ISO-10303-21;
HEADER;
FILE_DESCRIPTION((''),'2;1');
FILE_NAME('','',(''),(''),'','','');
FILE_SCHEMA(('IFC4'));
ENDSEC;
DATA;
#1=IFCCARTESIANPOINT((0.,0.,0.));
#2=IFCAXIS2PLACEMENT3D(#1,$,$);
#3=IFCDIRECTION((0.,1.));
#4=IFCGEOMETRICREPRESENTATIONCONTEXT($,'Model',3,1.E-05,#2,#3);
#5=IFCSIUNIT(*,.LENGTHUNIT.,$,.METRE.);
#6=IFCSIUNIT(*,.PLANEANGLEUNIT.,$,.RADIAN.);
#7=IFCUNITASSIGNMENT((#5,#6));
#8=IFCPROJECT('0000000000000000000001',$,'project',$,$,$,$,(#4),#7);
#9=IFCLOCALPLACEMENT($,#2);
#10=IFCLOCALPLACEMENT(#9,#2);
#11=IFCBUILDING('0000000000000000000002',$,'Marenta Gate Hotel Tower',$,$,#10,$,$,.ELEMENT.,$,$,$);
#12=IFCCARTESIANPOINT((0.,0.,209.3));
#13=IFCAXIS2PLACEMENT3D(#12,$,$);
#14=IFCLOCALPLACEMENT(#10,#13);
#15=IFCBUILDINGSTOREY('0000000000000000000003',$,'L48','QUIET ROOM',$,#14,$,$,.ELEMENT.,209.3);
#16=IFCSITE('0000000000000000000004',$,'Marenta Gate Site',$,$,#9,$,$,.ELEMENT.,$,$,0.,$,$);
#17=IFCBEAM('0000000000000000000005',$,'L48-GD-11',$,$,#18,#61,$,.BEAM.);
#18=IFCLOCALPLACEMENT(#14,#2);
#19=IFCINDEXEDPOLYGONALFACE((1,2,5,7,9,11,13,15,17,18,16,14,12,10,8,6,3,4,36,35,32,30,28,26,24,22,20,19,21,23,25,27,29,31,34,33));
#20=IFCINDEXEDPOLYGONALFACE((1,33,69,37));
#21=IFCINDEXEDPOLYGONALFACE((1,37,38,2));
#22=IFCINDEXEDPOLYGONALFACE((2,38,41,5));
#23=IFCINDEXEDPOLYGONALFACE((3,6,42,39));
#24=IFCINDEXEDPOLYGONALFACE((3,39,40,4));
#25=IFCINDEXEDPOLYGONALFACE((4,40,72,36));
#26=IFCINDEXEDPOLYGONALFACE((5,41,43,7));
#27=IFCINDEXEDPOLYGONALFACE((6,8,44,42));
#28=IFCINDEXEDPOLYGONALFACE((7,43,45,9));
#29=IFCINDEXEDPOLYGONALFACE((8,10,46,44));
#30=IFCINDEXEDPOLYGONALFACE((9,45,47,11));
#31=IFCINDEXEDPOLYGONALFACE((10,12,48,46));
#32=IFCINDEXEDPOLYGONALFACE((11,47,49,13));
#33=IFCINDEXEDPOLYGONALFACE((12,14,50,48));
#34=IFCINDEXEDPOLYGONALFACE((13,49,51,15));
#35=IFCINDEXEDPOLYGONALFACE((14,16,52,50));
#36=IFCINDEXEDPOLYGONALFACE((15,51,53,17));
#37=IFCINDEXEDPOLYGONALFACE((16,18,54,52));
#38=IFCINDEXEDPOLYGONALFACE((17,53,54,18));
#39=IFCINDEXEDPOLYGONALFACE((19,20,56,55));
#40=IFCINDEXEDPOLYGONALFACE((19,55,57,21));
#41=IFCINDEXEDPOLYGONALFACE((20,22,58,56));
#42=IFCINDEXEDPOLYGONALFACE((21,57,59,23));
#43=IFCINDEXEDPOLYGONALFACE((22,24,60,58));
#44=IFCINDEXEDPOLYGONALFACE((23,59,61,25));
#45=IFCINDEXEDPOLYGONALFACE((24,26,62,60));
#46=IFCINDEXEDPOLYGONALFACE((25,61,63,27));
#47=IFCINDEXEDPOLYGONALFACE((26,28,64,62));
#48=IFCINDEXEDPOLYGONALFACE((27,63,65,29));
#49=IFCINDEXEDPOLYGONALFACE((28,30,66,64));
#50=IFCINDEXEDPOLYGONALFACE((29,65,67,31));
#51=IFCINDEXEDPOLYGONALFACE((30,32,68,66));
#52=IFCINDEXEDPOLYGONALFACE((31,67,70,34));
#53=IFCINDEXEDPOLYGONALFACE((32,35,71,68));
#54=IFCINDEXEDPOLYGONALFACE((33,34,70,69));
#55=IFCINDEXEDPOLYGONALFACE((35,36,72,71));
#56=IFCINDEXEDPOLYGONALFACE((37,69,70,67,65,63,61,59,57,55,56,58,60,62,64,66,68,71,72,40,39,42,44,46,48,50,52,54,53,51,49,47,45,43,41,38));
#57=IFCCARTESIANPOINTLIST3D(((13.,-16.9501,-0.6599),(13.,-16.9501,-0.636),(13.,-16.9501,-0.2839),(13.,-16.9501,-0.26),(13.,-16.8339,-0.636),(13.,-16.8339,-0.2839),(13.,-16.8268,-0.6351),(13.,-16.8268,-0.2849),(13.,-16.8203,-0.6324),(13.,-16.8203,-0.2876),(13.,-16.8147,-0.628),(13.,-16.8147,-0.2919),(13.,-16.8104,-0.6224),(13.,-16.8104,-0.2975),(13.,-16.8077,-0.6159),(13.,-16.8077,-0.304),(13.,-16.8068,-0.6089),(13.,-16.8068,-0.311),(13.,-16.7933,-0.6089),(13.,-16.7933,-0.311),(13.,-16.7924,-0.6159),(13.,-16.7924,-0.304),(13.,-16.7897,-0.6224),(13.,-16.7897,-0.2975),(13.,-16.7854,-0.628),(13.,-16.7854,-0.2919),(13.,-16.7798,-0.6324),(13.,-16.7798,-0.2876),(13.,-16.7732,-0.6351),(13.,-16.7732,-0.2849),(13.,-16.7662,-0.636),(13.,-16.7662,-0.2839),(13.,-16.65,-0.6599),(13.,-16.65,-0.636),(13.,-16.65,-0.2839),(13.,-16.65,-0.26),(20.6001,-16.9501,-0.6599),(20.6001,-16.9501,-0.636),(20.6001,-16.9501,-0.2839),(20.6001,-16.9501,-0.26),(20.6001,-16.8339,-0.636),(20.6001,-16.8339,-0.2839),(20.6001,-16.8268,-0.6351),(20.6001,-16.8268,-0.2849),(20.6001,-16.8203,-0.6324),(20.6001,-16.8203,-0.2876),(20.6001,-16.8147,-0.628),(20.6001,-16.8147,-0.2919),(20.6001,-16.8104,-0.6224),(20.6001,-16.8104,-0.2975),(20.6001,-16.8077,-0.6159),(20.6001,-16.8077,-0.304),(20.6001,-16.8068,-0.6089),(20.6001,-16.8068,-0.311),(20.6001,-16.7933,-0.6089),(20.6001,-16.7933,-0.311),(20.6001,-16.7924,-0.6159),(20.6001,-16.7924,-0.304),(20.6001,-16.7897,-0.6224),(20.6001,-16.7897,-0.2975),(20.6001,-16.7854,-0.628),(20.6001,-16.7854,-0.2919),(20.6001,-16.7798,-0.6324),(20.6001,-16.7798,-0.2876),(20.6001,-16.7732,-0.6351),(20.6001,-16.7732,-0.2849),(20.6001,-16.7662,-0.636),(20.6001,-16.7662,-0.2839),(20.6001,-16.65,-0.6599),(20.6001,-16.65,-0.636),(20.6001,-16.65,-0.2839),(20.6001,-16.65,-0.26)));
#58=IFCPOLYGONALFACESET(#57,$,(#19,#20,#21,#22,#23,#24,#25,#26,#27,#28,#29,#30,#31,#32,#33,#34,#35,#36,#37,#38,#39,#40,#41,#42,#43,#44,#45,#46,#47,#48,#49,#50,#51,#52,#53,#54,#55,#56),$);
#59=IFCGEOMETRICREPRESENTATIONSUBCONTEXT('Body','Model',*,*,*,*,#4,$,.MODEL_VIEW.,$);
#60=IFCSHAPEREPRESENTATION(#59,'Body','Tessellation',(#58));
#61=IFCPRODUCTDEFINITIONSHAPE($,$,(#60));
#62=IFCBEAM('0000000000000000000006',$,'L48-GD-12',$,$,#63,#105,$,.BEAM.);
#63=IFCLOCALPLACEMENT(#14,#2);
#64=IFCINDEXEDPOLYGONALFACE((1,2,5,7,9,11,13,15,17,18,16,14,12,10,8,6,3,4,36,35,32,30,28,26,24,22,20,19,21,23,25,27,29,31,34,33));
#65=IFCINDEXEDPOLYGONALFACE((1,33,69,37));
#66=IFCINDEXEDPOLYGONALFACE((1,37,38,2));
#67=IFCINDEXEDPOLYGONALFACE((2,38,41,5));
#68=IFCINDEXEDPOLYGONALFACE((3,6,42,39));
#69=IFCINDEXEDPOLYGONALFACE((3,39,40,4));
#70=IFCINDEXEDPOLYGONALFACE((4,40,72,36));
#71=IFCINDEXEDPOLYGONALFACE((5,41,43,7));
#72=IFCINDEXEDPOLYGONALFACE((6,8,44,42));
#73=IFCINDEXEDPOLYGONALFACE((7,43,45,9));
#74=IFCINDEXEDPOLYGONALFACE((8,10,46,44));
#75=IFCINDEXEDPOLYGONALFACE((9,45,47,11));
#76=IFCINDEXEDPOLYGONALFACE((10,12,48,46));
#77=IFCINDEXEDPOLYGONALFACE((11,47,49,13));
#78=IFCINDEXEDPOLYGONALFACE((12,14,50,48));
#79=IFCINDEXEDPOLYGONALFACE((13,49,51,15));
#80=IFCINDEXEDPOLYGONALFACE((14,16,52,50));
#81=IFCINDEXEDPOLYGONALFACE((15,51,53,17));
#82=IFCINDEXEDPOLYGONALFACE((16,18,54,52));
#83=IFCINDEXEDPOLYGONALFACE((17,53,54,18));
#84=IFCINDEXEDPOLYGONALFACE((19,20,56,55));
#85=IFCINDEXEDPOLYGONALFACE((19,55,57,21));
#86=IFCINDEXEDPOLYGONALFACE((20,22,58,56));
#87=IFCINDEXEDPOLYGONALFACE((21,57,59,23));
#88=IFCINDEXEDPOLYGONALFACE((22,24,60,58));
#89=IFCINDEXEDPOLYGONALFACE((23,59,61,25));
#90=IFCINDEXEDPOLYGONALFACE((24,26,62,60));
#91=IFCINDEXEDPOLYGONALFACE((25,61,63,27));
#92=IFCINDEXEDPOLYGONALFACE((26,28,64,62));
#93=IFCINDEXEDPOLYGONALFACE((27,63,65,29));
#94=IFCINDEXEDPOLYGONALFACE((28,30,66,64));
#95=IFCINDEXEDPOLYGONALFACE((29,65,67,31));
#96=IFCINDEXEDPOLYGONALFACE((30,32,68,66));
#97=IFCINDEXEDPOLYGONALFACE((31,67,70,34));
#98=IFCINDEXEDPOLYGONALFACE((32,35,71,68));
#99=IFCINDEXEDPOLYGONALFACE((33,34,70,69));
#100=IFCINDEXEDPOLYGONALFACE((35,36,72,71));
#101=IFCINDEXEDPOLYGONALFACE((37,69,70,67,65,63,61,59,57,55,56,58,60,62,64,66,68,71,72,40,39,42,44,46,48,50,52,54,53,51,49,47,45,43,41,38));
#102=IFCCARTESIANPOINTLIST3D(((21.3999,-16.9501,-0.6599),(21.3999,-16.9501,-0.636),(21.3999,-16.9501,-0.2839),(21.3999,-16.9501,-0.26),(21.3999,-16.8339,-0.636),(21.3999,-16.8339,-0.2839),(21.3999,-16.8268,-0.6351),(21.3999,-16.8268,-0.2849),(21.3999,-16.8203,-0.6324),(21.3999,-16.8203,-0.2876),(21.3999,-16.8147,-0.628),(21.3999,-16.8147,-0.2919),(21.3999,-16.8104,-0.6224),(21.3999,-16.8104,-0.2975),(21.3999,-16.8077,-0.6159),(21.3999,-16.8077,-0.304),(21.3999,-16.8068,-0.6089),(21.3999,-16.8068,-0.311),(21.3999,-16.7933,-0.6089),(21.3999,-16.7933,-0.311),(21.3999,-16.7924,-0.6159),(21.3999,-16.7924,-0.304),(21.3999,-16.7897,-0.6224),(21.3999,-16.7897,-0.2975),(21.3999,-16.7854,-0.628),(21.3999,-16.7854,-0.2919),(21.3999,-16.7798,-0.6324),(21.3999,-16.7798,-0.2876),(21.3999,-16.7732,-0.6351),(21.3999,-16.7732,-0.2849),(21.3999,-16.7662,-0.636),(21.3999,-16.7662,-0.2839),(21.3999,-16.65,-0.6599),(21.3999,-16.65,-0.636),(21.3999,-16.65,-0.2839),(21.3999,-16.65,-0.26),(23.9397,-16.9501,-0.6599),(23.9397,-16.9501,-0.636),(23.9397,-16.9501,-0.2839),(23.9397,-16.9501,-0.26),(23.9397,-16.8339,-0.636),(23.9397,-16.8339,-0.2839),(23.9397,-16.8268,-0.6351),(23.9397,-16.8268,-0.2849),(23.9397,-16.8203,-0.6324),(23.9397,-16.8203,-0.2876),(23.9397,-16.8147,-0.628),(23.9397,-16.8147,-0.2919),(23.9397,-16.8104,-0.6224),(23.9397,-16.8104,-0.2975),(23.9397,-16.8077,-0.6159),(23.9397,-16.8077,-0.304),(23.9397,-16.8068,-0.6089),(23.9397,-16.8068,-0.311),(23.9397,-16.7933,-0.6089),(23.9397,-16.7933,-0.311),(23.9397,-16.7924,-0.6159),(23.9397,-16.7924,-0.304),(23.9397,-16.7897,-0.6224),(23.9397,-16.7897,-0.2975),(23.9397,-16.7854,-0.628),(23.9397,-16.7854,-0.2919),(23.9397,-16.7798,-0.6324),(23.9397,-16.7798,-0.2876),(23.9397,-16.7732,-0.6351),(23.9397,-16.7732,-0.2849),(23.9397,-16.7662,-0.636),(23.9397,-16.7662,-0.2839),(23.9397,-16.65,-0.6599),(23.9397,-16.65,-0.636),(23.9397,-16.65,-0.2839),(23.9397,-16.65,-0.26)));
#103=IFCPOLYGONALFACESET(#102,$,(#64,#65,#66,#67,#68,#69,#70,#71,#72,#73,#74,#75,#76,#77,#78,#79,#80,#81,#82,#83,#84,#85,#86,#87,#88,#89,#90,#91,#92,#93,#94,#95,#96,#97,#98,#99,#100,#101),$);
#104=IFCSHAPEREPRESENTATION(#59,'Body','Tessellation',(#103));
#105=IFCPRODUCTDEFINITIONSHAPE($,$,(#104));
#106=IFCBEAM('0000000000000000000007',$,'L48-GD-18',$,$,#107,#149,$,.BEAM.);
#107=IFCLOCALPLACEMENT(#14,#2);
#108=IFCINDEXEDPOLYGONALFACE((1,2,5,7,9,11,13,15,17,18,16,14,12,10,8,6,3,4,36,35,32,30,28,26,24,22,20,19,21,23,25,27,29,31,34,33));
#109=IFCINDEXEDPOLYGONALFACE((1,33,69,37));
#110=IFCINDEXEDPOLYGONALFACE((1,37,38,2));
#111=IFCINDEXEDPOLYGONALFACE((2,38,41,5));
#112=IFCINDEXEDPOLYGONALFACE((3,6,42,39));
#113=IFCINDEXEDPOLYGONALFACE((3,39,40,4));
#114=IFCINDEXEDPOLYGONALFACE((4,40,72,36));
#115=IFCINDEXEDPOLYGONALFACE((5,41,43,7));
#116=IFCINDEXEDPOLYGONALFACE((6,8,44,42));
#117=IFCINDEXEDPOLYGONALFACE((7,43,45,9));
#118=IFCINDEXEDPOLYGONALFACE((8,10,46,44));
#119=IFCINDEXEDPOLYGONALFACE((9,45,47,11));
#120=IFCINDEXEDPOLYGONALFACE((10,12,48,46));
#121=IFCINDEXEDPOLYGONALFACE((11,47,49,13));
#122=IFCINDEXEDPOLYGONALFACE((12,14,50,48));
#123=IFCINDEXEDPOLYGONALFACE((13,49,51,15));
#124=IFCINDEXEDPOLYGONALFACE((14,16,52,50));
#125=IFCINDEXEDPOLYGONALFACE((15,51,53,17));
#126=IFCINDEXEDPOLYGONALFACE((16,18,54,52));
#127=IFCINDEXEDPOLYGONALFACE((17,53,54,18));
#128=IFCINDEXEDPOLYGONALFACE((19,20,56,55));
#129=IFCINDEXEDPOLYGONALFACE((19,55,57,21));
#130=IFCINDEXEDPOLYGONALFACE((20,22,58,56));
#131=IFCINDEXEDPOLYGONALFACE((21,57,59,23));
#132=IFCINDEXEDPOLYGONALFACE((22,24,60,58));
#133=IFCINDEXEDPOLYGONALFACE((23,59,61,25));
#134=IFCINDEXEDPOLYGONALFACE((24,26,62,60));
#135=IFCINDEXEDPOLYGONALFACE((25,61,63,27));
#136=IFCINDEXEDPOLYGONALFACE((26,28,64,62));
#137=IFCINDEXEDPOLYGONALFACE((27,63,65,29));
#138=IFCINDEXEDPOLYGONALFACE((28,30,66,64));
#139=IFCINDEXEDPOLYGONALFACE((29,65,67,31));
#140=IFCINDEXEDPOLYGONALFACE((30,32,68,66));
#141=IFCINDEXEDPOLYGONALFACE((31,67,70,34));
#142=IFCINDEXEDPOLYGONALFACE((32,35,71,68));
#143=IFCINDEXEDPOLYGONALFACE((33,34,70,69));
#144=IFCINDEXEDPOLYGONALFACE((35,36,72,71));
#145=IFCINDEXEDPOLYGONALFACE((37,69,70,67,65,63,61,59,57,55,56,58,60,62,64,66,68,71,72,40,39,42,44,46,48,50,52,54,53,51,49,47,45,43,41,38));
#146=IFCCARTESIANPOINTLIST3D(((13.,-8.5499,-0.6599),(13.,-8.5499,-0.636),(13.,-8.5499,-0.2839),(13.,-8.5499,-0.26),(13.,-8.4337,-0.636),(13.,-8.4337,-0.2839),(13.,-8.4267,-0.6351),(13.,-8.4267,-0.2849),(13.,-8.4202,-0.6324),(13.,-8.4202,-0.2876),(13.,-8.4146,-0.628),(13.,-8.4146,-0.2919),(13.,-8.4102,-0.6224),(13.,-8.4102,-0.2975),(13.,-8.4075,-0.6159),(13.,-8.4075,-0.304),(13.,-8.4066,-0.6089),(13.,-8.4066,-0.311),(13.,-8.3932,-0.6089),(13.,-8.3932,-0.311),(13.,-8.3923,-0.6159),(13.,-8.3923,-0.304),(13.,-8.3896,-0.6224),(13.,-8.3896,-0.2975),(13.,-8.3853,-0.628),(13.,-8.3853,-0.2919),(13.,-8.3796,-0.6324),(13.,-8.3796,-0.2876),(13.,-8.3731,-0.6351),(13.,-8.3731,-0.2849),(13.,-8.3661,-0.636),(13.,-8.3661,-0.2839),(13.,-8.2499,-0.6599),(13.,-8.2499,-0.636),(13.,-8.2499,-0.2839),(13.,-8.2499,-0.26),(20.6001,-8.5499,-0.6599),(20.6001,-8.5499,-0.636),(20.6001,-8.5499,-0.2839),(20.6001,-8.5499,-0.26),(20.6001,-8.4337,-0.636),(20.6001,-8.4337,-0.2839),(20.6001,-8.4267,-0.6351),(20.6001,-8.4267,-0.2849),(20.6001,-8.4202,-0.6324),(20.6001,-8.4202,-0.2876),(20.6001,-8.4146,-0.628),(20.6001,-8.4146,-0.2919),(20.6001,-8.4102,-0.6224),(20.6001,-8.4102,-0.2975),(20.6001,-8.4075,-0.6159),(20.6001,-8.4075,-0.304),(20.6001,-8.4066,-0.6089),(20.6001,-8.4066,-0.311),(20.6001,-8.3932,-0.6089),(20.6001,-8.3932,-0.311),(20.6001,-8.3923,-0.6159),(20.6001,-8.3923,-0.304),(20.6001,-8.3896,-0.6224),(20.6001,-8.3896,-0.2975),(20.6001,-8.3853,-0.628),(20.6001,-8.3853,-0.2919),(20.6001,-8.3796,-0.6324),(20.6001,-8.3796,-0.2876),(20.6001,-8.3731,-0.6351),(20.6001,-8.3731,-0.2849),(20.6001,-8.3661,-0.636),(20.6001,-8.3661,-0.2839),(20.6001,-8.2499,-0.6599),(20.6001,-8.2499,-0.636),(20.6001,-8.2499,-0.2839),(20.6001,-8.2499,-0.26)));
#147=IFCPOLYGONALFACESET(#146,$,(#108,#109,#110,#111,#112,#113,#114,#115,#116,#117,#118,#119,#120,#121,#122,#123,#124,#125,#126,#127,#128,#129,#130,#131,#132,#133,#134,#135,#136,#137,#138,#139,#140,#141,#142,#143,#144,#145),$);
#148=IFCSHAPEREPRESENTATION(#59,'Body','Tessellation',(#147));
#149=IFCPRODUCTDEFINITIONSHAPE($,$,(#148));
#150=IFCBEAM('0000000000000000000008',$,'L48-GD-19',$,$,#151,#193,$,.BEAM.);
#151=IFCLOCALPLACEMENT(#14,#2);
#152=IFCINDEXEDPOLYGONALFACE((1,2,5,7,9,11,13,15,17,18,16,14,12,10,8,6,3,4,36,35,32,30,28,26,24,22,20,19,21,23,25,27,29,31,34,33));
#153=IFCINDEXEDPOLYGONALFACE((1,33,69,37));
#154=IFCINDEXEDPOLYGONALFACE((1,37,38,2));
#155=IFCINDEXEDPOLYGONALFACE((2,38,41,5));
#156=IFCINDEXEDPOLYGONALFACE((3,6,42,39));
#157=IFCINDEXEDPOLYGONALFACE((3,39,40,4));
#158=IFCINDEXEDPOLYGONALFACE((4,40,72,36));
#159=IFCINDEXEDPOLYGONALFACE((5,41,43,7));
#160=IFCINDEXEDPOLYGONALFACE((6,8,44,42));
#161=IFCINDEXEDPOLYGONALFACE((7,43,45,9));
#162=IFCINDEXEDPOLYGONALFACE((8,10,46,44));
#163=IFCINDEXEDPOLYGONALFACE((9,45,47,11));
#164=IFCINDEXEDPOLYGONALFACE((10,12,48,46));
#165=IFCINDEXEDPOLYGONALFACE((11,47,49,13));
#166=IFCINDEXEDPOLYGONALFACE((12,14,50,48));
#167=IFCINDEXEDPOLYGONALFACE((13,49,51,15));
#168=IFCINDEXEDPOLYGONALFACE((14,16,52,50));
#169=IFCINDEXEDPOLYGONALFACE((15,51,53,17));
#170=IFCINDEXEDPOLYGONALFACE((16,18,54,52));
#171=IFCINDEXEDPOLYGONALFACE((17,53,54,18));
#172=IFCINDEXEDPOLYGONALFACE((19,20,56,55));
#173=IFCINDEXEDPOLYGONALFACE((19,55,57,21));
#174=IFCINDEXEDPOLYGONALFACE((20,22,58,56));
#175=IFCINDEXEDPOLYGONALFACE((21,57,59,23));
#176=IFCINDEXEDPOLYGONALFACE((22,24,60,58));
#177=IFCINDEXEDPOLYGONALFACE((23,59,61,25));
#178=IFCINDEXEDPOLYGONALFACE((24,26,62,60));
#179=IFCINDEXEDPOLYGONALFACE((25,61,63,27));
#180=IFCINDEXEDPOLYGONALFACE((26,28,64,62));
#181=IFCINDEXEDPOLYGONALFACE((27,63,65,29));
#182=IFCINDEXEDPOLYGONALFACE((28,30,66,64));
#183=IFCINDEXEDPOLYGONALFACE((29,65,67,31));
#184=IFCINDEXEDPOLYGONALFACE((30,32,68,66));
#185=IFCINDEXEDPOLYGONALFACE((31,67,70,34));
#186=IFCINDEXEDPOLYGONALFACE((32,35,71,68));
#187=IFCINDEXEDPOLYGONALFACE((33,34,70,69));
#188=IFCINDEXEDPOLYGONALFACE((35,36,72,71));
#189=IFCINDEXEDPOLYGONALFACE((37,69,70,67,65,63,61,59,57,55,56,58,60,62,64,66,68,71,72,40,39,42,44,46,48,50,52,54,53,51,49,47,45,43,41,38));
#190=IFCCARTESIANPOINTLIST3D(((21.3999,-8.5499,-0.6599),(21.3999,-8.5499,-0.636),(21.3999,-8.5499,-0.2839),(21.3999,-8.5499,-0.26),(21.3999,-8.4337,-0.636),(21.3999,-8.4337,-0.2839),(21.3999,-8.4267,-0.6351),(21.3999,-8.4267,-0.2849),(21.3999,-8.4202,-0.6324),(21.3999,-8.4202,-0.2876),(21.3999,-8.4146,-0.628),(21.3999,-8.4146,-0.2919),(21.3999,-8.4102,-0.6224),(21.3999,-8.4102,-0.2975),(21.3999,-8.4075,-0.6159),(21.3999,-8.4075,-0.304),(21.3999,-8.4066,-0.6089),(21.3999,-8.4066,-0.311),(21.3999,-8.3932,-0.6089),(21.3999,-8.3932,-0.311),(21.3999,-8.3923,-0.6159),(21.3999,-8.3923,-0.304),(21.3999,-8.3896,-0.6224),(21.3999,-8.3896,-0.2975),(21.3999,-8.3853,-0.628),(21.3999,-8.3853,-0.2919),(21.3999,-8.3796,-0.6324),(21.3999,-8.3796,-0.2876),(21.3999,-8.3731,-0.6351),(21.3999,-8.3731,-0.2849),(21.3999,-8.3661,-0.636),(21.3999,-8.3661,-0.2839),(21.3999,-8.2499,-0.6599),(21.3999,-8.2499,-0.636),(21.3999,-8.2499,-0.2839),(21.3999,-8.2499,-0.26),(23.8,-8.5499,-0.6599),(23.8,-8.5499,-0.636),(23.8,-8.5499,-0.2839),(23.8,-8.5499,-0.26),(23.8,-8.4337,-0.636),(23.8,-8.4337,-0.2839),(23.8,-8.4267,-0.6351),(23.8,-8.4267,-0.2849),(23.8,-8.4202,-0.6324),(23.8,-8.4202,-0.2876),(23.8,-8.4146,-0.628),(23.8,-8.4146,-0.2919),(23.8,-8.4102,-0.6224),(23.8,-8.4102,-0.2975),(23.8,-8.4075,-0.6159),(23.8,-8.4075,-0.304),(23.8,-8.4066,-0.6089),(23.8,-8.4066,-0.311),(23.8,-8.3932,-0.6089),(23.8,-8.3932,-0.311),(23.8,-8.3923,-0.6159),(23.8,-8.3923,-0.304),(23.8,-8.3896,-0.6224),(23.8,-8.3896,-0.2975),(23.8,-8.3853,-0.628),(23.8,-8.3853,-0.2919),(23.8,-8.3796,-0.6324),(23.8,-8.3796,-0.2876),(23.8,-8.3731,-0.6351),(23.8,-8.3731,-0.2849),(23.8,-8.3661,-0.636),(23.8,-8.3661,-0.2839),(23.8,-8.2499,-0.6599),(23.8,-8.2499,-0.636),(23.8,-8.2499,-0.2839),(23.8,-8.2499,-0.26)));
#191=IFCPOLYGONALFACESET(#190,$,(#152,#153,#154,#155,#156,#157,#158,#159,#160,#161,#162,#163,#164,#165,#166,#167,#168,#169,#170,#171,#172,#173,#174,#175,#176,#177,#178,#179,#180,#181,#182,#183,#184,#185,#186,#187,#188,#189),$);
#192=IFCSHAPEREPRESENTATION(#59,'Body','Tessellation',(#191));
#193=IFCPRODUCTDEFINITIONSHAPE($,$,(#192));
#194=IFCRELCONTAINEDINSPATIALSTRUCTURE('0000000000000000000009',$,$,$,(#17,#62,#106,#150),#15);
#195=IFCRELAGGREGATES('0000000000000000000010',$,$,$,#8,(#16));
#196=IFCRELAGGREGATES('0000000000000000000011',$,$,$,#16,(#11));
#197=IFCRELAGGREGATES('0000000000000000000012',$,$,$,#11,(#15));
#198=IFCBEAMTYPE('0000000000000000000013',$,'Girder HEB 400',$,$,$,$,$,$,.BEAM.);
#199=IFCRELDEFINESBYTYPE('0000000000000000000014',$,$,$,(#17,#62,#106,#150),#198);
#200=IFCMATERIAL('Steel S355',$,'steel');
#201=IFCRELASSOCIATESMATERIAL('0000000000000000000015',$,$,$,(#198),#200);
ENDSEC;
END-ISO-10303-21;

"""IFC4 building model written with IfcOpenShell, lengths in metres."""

from ifc_helpers import new_model, si_unit, direction, frame, origin, origin_2d, place, context, subcontext, project, spatial, i_section, extrude, material, material_profile, profile_set, type_object, element, save


model = new_model("IFC4")

# Units and contexts
model_context = context("Model", 3, precision=1e-05, world=origin(), true_north=direction((0.0, 1.0)))
body_context = subcontext(model_context, "Body", "Model", "MODEL_VIEW")
ifc_project = project(units=[si_unit("LENGTHUNIT", "METRE"), si_unit("PLANEANGLEUNIT", "RADIAN")], contexts=[model_context])

# Site, building, storey
site_placement = place(None, origin())
site = spatial("IfcSite", under=ifc_project, at=site_placement, Name="Marenta Gate Site", CompositionType="ELEMENT", RefElevation=0.0)
building_placement = place(site_placement, origin())
building = spatial("IfcBuilding", under=site, at=building_placement, Name="Marenta Gate Hotel Tower", CompositionType="ELEMENT")
storey_placement = place(building_placement, frame((0.0, 0.0, 209.3)))
storey = spatial("IfcBuildingStorey", under=building, at=storey_placement, Name="L48", Description="QUIET ROOM", CompositionType="ELEMENT", Elevation=209.3)

# Beams
ifc_material_1 = material(Name="Steel S355", Category="steel")
ifc_material_profile_1 = material_profile(ifc_material_1, i_section(OverallWidth=0.3, OverallDepth=0.3999, WebThickness=0.0134, FlangeThickness=0.0239, FilletRadius=0.0271, at=origin_2d()), Name="HEB 400")
ifc_profile_set_1 = profile_set([ifc_material_profile_1], Name="Steel S355")
beam_type_1 = type_object("IfcBeamType", Name="Girder HEB 400", PredefinedType="BEAM", material=ifc_profile_set_1)
beam_1_placement = place(storey_placement, frame((13.0, -16.8, -0.46), z_axis=(1.0, 0.0, 0.0), x_axis=(0.0, 1.0, 0.0)))
element("IfcBeam", 1, at=beam_1_placement, inside=storey, type_object=beam_type_1, Name="L48-GD-11", PredefinedType="BEAM", context=body_context, shape_type="SweptSolid", body=[
    extrude(i_section(OverallWidth=0.3, OverallDepth=0.3999, WebThickness=0.0134, FlangeThickness=0.0239, FilletRadius=0.0271, at=origin_2d()), origin(), (0.0, 0.0, 1.0), 7.6001),
])
beam_2_placement = place(storey_placement, frame((21.3999, -16.8, -0.46), z_axis=(1.0, 0.0, 0.0), x_axis=(0.0, 1.0, 0.0)))
element("IfcBeam", 2, at=beam_2_placement, inside=storey, type_object=beam_type_1, Name="L48-GD-12", PredefinedType="BEAM", context=body_context, shape_type="SweptSolid", body=[
    extrude(i_section(OverallWidth=0.3, OverallDepth=0.3999, WebThickness=0.0134, FlangeThickness=0.0239, FilletRadius=0.0271, at=origin_2d()), origin(), (0.0, 0.0, 1.0), 2.5398),
])
beam_3_placement = place(storey_placement, frame((13.0, -8.3999, -0.46), z_axis=(1.0, 0.0, 0.0), x_axis=(0.0, 1.0, 0.0)))
element("IfcBeam", 3, at=beam_3_placement, inside=storey, type_object=beam_type_1, Name="L48-GD-18", PredefinedType="BEAM", context=body_context, shape_type="SweptSolid", body=[
    extrude(i_section(OverallWidth=0.3, OverallDepth=0.3999, WebThickness=0.0134, FlangeThickness=0.0239, FilletRadius=0.0271, at=origin_2d()), origin(), (0.0, 0.0, 1.0), 7.6001),
])
beam_4_placement = place(storey_placement, frame((21.3999, -8.3999, -0.46), z_axis=(1.0, 0.0, 0.0), x_axis=(0.0, 1.0, 0.0)))
element("IfcBeam", 4, at=beam_4_placement, inside=storey, type_object=beam_type_1, Name="L48-GD-19", PredefinedType="BEAM", context=body_context, shape_type="SweptSolid", body=[
    extrude(i_section(OverallWidth=0.3, OverallDepth=0.3999, WebThickness=0.0134, FlangeThickness=0.0239, FilletRadius=0.0271, at=origin_2d()), origin(), (0.0, 0.0, 1.0), 2.4001),
])

save(model, "model.ifc")
